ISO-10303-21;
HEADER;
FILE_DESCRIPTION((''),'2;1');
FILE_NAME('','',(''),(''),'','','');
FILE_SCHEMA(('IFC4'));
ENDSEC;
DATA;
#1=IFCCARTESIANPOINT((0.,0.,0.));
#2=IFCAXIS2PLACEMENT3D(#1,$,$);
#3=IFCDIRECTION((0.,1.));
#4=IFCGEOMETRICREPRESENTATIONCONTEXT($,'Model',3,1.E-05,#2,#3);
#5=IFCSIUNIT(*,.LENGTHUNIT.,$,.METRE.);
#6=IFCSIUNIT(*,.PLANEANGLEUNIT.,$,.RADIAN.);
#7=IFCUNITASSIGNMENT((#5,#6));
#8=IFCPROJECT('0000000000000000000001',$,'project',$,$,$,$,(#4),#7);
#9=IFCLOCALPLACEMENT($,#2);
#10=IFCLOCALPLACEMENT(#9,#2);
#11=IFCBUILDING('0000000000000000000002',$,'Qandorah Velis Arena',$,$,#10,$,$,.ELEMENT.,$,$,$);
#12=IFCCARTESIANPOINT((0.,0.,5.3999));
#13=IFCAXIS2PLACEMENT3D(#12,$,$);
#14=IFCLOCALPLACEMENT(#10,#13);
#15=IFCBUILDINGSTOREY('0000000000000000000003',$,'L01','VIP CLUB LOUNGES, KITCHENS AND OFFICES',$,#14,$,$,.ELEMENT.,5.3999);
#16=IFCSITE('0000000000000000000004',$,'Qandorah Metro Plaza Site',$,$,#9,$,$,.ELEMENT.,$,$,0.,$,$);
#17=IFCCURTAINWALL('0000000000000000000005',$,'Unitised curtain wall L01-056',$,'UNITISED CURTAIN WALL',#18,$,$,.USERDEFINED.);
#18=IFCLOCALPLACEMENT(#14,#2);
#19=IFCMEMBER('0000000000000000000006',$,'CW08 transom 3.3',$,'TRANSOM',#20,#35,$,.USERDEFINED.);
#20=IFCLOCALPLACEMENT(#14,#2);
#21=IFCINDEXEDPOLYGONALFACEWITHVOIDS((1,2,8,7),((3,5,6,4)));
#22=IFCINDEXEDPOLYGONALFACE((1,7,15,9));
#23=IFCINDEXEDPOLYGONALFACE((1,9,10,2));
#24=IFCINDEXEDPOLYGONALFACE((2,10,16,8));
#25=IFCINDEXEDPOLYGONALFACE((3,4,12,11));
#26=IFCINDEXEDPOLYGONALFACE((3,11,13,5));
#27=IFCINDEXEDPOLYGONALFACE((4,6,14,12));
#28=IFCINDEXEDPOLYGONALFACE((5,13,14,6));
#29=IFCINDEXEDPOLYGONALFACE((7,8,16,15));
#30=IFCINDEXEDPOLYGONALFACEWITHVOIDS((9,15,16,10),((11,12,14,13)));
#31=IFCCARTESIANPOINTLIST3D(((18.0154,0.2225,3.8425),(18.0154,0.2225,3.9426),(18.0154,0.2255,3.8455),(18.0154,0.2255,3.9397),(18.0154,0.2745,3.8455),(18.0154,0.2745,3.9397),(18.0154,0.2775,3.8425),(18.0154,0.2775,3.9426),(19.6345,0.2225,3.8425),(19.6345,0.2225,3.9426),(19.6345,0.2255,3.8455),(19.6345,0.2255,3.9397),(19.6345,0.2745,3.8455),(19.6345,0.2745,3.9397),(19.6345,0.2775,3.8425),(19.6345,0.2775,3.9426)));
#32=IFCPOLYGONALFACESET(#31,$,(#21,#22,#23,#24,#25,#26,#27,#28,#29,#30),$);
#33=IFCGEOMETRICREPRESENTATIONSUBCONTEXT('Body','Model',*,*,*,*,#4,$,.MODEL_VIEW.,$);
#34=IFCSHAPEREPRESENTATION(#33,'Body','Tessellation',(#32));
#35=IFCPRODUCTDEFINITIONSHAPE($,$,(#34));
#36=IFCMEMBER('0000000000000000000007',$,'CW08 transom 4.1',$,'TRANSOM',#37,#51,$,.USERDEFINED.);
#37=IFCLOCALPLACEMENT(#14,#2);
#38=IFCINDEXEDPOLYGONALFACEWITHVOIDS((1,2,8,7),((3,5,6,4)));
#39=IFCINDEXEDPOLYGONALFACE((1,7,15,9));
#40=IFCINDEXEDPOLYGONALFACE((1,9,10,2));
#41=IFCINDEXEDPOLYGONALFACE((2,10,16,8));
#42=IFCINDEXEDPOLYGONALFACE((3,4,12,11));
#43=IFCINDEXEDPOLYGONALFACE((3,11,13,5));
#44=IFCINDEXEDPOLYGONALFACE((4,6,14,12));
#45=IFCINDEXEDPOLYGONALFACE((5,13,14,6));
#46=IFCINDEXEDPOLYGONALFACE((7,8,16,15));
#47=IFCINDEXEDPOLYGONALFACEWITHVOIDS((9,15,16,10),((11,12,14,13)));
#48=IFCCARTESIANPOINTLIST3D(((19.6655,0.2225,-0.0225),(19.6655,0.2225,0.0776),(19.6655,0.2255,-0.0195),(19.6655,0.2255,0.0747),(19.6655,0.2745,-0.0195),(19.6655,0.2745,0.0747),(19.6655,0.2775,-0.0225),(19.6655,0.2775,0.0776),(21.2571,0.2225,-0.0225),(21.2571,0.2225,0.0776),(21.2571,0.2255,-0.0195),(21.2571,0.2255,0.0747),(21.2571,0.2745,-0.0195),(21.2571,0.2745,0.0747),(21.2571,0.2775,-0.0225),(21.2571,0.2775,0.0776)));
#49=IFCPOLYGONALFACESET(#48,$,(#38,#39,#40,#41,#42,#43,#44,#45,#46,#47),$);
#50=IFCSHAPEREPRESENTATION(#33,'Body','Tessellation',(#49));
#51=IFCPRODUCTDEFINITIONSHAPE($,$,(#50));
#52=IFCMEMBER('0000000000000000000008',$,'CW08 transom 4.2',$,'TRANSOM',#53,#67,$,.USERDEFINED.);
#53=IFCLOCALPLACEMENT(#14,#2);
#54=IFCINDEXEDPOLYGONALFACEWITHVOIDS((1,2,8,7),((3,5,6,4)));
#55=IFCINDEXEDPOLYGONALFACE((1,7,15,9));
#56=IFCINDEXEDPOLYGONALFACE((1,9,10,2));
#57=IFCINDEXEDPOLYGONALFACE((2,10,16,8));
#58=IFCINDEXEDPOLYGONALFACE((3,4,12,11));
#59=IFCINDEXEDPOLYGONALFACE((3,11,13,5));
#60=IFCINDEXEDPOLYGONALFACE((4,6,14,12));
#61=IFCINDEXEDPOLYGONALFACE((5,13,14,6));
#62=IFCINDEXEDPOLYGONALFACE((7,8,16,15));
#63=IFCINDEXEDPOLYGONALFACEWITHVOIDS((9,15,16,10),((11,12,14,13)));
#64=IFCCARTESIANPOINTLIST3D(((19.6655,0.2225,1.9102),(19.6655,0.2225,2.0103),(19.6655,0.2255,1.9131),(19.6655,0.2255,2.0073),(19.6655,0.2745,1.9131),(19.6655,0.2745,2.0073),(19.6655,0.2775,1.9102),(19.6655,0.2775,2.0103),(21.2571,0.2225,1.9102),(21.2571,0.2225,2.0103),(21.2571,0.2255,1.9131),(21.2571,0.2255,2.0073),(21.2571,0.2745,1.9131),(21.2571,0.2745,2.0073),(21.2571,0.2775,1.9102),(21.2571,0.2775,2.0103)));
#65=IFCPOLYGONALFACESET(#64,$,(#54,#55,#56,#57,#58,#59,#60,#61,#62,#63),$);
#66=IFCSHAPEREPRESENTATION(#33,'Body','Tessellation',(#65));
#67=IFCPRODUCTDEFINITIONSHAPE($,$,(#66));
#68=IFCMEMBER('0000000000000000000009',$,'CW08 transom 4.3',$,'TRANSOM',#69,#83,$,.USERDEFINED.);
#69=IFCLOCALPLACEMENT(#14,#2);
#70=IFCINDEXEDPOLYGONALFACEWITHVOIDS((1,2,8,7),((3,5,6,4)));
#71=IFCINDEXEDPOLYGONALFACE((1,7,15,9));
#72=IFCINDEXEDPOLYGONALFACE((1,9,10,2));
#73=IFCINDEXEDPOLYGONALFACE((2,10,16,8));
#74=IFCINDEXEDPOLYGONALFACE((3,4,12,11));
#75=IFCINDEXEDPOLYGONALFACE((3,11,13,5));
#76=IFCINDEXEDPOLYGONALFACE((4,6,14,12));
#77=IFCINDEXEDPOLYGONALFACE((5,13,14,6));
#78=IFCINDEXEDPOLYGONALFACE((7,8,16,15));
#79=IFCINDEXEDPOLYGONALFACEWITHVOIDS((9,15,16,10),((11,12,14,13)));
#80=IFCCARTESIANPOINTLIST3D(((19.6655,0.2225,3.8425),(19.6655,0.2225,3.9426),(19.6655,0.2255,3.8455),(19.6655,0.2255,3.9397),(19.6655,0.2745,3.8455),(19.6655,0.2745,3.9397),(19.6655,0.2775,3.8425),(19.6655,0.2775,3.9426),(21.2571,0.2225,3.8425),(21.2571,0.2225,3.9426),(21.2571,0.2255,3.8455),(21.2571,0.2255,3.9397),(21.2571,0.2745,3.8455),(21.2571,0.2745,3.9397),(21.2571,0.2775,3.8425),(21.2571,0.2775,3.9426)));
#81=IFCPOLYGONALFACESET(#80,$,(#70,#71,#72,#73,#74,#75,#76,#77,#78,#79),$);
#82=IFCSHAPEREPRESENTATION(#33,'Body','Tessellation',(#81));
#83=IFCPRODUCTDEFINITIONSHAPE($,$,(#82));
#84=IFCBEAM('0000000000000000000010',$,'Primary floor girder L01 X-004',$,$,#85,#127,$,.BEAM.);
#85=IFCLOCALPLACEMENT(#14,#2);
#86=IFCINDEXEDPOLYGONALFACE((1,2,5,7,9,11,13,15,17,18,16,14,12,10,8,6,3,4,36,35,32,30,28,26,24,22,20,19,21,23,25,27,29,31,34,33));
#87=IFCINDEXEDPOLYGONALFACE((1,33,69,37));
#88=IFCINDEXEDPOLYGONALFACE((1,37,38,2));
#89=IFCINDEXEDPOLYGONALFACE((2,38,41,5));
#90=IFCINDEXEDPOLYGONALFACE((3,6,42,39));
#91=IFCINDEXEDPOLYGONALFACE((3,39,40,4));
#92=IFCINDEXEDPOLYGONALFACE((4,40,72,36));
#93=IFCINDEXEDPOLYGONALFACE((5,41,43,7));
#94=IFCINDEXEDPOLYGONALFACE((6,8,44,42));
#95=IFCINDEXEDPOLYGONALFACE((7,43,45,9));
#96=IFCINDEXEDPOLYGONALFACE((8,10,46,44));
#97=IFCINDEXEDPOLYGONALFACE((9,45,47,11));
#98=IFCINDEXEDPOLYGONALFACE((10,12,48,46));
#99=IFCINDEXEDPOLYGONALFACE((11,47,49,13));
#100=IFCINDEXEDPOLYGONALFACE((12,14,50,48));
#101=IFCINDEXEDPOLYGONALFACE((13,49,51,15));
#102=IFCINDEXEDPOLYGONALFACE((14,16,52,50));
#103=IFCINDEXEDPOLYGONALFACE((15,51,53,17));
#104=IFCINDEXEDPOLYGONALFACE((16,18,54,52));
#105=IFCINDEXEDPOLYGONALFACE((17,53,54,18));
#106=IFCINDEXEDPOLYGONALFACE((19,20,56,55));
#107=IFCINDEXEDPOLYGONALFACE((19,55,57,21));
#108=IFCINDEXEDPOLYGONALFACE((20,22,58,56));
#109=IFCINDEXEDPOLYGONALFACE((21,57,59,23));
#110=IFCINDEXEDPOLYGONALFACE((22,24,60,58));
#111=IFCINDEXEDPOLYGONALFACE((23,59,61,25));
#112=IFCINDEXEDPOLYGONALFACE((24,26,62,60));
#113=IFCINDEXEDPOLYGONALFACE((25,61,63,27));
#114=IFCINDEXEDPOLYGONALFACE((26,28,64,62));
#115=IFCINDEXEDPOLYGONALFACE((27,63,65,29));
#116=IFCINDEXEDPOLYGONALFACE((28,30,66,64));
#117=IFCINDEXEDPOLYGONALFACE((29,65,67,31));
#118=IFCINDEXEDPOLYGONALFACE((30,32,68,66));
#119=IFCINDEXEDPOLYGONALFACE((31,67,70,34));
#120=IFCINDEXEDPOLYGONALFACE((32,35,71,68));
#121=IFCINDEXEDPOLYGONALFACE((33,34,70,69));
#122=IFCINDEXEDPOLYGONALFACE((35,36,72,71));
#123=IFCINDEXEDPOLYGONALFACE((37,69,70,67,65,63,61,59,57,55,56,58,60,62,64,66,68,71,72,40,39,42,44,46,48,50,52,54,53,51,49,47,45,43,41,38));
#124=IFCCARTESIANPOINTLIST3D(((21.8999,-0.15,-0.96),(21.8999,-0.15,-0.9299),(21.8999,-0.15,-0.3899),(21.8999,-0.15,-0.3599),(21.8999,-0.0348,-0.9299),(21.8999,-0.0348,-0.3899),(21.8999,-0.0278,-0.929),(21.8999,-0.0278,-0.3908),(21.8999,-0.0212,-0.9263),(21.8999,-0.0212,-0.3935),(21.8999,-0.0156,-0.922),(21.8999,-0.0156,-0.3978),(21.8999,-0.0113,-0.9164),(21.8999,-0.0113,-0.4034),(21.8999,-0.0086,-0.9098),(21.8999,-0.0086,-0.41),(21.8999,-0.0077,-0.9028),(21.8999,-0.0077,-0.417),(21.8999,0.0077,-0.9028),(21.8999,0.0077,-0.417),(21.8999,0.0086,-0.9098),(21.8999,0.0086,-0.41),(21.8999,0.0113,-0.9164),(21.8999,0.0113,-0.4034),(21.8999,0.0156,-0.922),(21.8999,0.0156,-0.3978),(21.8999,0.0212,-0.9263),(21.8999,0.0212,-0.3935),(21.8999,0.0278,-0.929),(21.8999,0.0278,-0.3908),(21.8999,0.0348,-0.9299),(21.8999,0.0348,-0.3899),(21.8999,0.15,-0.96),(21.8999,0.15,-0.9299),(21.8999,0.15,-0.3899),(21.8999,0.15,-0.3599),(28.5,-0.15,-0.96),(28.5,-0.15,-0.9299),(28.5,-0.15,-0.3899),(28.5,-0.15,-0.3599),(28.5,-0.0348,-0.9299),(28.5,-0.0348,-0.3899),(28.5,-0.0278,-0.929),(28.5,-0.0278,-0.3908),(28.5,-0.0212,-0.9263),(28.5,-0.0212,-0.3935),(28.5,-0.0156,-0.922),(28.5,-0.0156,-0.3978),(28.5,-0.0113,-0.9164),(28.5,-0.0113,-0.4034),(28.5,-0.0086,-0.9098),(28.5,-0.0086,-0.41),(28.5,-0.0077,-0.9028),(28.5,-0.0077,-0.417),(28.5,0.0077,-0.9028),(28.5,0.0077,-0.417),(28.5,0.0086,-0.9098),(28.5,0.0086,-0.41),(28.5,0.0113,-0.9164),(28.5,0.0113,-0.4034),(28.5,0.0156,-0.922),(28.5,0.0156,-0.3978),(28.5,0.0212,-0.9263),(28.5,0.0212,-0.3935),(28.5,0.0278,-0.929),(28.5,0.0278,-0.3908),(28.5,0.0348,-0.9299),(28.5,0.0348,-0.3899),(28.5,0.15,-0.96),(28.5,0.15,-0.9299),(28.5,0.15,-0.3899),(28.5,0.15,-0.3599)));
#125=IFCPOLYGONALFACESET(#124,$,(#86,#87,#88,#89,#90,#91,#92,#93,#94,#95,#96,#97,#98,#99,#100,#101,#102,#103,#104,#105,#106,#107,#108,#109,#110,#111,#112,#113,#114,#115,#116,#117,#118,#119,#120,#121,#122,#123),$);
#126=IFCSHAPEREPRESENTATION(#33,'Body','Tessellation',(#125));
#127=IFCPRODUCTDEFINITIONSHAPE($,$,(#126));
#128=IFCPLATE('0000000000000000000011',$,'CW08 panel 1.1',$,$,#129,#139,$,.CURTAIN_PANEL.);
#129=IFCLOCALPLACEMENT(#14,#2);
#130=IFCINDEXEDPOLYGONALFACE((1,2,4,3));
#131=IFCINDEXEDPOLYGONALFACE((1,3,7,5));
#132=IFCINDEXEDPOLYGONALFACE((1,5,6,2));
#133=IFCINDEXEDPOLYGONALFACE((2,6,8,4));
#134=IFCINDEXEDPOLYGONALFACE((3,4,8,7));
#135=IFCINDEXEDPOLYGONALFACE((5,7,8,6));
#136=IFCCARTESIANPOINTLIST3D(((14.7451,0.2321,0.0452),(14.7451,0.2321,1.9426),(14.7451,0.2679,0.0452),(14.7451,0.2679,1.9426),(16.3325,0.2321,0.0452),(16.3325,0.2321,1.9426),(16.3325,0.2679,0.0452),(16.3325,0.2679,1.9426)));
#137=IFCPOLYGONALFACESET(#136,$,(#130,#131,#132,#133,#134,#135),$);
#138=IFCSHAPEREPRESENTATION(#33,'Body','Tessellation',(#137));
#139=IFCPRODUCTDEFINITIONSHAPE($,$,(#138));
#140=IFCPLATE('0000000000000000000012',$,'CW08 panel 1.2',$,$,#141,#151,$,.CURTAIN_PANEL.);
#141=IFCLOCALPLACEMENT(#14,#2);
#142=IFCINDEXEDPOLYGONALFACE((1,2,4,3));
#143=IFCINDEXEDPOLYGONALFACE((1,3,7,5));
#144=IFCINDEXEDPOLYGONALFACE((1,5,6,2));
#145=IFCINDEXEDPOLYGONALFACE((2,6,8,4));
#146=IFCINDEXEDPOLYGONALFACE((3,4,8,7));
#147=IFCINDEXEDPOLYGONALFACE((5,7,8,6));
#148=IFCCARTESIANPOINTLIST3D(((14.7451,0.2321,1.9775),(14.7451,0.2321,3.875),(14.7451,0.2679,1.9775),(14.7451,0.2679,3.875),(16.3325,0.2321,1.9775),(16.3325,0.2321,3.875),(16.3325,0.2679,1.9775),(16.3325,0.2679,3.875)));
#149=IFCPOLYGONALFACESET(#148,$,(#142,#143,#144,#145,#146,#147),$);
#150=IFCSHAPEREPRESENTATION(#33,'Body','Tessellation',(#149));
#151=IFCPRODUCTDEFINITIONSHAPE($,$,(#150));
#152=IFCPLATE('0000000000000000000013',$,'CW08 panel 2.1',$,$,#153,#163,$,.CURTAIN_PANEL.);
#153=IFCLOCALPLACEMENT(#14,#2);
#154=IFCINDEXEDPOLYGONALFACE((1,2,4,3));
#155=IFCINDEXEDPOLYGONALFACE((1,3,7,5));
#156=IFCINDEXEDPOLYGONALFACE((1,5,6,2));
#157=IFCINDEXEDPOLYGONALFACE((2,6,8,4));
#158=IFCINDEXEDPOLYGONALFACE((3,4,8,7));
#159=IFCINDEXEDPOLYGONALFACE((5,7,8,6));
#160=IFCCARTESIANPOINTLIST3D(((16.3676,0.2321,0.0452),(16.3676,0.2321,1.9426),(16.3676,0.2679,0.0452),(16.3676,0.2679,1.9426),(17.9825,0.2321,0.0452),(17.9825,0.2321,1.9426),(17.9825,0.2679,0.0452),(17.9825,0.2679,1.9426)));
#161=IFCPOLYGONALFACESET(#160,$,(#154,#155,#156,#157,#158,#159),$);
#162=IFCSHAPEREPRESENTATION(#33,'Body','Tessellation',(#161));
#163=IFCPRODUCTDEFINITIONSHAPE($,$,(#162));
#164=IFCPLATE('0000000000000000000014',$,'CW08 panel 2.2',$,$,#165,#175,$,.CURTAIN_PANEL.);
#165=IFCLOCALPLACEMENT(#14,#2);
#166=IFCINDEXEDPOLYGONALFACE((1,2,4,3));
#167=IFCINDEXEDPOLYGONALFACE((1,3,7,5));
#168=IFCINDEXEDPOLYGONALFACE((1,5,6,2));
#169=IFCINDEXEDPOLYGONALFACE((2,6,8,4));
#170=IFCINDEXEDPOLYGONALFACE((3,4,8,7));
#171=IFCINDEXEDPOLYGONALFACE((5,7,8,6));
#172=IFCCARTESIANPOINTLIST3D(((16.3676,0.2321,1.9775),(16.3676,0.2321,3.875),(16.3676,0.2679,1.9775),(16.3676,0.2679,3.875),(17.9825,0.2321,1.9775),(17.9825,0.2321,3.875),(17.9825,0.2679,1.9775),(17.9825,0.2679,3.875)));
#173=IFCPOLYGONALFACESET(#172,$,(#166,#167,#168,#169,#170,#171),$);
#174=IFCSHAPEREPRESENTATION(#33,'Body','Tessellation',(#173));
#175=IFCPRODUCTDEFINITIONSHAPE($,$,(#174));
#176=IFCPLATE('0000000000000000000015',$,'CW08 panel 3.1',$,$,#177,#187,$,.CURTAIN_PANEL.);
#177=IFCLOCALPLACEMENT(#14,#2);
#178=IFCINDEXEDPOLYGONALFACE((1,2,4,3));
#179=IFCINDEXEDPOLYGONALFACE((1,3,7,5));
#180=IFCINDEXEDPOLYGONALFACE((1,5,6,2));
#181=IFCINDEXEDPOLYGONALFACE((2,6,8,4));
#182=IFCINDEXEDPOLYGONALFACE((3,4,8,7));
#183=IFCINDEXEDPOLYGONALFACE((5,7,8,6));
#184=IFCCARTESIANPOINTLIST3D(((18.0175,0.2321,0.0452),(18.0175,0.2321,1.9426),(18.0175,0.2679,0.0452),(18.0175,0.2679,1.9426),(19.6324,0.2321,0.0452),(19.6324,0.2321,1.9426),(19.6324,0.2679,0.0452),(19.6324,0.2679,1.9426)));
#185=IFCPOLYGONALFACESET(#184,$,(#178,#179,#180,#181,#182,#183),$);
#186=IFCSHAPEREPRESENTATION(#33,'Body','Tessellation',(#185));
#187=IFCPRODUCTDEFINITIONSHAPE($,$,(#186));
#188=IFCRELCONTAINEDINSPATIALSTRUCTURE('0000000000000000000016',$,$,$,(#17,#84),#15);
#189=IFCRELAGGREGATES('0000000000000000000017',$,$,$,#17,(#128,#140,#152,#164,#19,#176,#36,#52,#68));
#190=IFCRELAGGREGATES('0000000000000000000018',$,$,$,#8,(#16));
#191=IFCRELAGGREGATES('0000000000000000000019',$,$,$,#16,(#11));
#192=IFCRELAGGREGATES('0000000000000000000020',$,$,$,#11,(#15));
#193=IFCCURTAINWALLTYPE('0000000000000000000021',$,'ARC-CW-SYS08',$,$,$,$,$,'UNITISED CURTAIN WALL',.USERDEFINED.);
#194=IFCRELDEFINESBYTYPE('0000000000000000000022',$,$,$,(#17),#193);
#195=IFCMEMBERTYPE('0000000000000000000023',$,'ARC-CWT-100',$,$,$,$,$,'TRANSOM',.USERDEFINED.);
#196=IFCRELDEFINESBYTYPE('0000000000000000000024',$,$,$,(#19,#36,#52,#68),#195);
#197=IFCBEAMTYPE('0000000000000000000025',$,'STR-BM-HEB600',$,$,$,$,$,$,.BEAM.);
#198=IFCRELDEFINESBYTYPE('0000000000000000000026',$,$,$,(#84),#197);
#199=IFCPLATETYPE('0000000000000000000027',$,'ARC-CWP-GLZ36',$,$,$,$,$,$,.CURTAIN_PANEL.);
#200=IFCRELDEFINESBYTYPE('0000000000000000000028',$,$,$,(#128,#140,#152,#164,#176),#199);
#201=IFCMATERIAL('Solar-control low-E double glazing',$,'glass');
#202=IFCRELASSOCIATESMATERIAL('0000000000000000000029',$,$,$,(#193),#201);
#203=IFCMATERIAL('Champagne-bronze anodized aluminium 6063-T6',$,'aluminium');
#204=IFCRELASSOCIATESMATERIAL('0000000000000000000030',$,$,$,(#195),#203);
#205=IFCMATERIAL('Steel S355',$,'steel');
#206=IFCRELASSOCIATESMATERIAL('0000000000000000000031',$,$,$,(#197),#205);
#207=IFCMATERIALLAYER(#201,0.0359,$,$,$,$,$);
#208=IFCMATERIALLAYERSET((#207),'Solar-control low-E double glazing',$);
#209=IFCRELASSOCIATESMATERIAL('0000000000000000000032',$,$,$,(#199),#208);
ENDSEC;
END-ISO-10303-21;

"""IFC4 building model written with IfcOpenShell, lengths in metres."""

from ifc_helpers import new_model, si_unit, direction, frame, origin, origin_2d, place, context, subcontext, project, spatial, rectangle, hollow_rectangle, i_section, extrude, material, layer, layer_set, material_profile, profile_set, type_object, element, aggregate, save


model = new_model("IFC4")

# Units and contexts
model_context = context("Model", 3, precision=1e-05, world=origin(), true_north=direction((0.0, 1.0)))
body_context = subcontext(model_context, "Body", "Model", "MODEL_VIEW")
ifc_project = project(units=[si_unit("LENGTHUNIT", "METRE"), si_unit("PLANEANGLEUNIT", "RADIAN")], contexts=[model_context])

# Site, building, storey
site_placement = place(None, origin())
site = spatial("IfcSite", under=ifc_project, at=site_placement, Name="Qandorah Metro Plaza Site", CompositionType="ELEMENT", RefElevation=0.0)
building_placement = place(site_placement, origin())
building = spatial("IfcBuilding", under=site, at=building_placement, Name="Qandorah Velis Arena", CompositionType="ELEMENT")
storey_placement = place(building_placement, frame((0.0, 0.0, 5.3999)))
storey = spatial("IfcBuildingStorey", under=building, at=storey_placement, Name="L01", Description="VIP CLUB LOUNGES, KITCHENS AND OFFICES", CompositionType="ELEMENT", Elevation=5.3999)

# Curtain wall, members
ifc_material_1 = material(Name="Solar-control low-E double glazing", Category="glass")
curtain_wall_type = type_object("IfcCurtainWallType", Name="ARC-CW-SYS08", ElementType="UNITISED CURTAIN WALL", PredefinedType="USERDEFINED", material=ifc_material_1)
curtain_wall_placement = place(storey_placement, origin())
curtain_wall = element("IfcCurtainWall", 1, at=curtain_wall_placement, inside=storey, type_object=curtain_wall_type, Name="Unitised curtain wall L01-056", ObjectType="UNITISED CURTAIN WALL", PredefinedType="USERDEFINED")
ifc_material_2 = material(Name="Champagne-bronze anodized aluminium 6063-T6", Category="aluminium")
ifc_material_profile_1 = material_profile(ifc_material_2, hollow_rectangle(XDim=0.0549, YDim=0.1001, WallThickness=0.0029, at=origin_2d()), Name="ALU TRANSOM 55x100")
ifc_profile_set_1 = profile_set([ifc_material_profile_1], Name="Champagne-bronze anodized aluminium 6063-T6")
member_type_1 = type_object("IfcMemberType", Name="ARC-CWT-100", ElementType="TRANSOM", PredefinedType="USERDEFINED", material=ifc_profile_set_1)
member_1_placement = place(storey_placement, frame((18.0154, 0.25, 3.8926), z_axis=(1.0, 0.0, 0.0), x_axis=(0.0, 1.0, 0.0)))
member_1 = element("IfcMember", 2, at=member_1_placement, type_object=member_type_1, Name="CW08 transom 3.3", ObjectType="TRANSOM", PredefinedType="USERDEFINED", context=body_context, shape_type="SweptSolid", body=[
    extrude(hollow_rectangle(XDim=0.0549, YDim=0.1001, WallThickness=0.0029, at=origin_2d()), origin(), (0.0, 0.0, 1.0), 1.6191),
])
member_2_placement = place(storey_placement, frame((19.6655, 0.25, 0.0276), z_axis=(1.0, 0.0, 0.0), x_axis=(0.0, 1.0, 0.0)))
member_2 = element("IfcMember", 3, at=member_2_placement, type_object=member_type_1, Name="CW08 transom 4.1", ObjectType="TRANSOM", PredefinedType="USERDEFINED", context=body_context, shape_type="SweptSolid", body=[
    extrude(hollow_rectangle(XDim=0.0549, YDim=0.1001, WallThickness=0.0029, at=origin_2d()), origin(), (0.0, 0.0, 1.0), 1.5916),
])
member_3_placement = place(storey_placement, frame((19.6655, 0.25, 1.9602), z_axis=(1.0, 0.0, 0.0), x_axis=(0.0, 1.0, 0.0)))
member_3 = element("IfcMember", 4, at=member_3_placement, type_object=member_type_1, Name="CW08 transom 4.2", ObjectType="TRANSOM", PredefinedType="USERDEFINED", context=body_context, shape_type="SweptSolid", body=[
    extrude(hollow_rectangle(XDim=0.0549, YDim=0.1001, WallThickness=0.0029, at=origin_2d()), origin(), (0.0, 0.0, 1.0), 1.5916),
])
member_4_placement = place(storey_placement, frame((19.6655, 0.25, 3.8926), z_axis=(1.0, 0.0, 0.0), x_axis=(0.0, 1.0, 0.0)))
member_4 = element("IfcMember", 5, at=member_4_placement, type_object=member_type_1, Name="CW08 transom 4.3", ObjectType="TRANSOM", PredefinedType="USERDEFINED", context=body_context, shape_type="SweptSolid", body=[
    extrude(hollow_rectangle(XDim=0.0549, YDim=0.1001, WallThickness=0.0029, at=origin_2d()), origin(), (0.0, 0.0, 1.0), 1.5916),
])

# Beam
ifc_material_3 = material(Name="Steel S355", Category="steel")
ifc_material_profile_2 = material_profile(ifc_material_3, i_section(OverallWidth=0.3, OverallDepth=0.6001, WebThickness=0.0154, FlangeThickness=0.03, FilletRadius=0.0271, at=origin_2d()), Name="HEB 600")
ifc_profile_set_2 = profile_set([ifc_material_profile_2], Name="Steel S355")
beam_type = type_object("IfcBeamType", Name="STR-BM-HEB600", PredefinedType="BEAM", material=ifc_profile_set_2)
beam_placement = place(storey_placement, frame((21.8999, 0.0, -0.6599), z_axis=(1.0, 0.0, 0.0), x_axis=(0.0, 1.0, 0.0)))
element("IfcBeam", 6, at=beam_placement, inside=storey, type_object=beam_type, Name="Primary floor girder L01 X-004", PredefinedType="BEAM", context=body_context, shape_type="SweptSolid", body=[
    extrude(i_section(OverallWidth=0.3, OverallDepth=0.6001, WebThickness=0.0154, FlangeThickness=0.03, FilletRadius=0.0271, at=origin_2d()), origin(), (0.0, 0.0, 1.0), 6.6001),
])

# Plates
ifc_layer = layer(ifc_material_1, 0.0359)
ifc_layer_set = layer_set([ifc_layer], Name="Solar-control low-E double glazing")
plate_type = type_object("IfcPlateType", Name="ARC-CWP-GLZ36", PredefinedType="CURTAIN_PANEL", material=ifc_layer_set)
plate_1_placement = place(storey_placement, frame((15.5388, 0.25, 0.0452), z_axis=(0.0, 0.0, 1.0), x_axis=(1.0, 0.0, 0.0)))
plate_1 = element("IfcPlate", 7, at=plate_1_placement, type_object=plate_type, Name="CW08 panel 1.1", PredefinedType="CURTAIN_PANEL", context=body_context, shape_type="SweptSolid", body=[
    extrude(rectangle(XDim=1.5874, YDim=0.0359, at=origin_2d()), origin(), (0.0, 0.0, 1.0), 1.8975),
])
plate_2_placement = place(storey_placement, frame((15.5388, 0.25, 1.9775), z_axis=(0.0, 0.0, 1.0), x_axis=(1.0, 0.0, 0.0)))
plate_2 = element("IfcPlate", 8, at=plate_2_placement, type_object=plate_type, Name="CW08 panel 1.2", PredefinedType="CURTAIN_PANEL", context=body_context, shape_type="SweptSolid", body=[
    extrude(rectangle(XDim=1.5874, YDim=0.0359, at=origin_2d()), origin(), (0.0, 0.0, 1.0), 1.8975),
])
plate_3_placement = place(storey_placement, frame((17.175, 0.25, 0.0452), z_axis=(0.0, 0.0, 1.0), x_axis=(1.0, 0.0, 0.0)))
plate_3 = element("IfcPlate", 9, at=plate_3_placement, type_object=plate_type, Name="CW08 panel 2.1", PredefinedType="CURTAIN_PANEL", context=body_context, shape_type="SweptSolid", body=[
    extrude(rectangle(XDim=1.615, YDim=0.0359, at=origin_2d()), origin(), (0.0, 0.0, 1.0), 1.8975),
])
plate_4_placement = place(storey_placement, frame((17.175, 0.25, 1.9775), z_axis=(0.0, 0.0, 1.0), x_axis=(1.0, 0.0, 0.0)))
plate_4 = element("IfcPlate", 10, at=plate_4_placement, type_object=plate_type, Name="CW08 panel 2.2", PredefinedType="CURTAIN_PANEL", context=body_context, shape_type="SweptSolid", body=[
    extrude(rectangle(XDim=1.615, YDim=0.0359, at=origin_2d()), origin(), (0.0, 0.0, 1.0), 1.8975),
])
plate_5_placement = place(storey_placement, frame((18.825, 0.25, 0.0452), z_axis=(0.0, 0.0, 1.0), x_axis=(1.0, 0.0, 0.0)))
plate_5 = element("IfcPlate", 11, at=plate_5_placement, type_object=plate_type, Name="CW08 panel 3.1", PredefinedType="CURTAIN_PANEL", context=body_context, shape_type="SweptSolid", body=[
    extrude(rectangle(XDim=1.615, YDim=0.0359, at=origin_2d()), origin(), (0.0, 0.0, 1.0), 1.8975),
])
aggregate(curtain_wall, [plate_1, plate_2, plate_3, plate_4, member_1, plate_5, member_2, member_3, member_4])

save(model, "model.ifc")
